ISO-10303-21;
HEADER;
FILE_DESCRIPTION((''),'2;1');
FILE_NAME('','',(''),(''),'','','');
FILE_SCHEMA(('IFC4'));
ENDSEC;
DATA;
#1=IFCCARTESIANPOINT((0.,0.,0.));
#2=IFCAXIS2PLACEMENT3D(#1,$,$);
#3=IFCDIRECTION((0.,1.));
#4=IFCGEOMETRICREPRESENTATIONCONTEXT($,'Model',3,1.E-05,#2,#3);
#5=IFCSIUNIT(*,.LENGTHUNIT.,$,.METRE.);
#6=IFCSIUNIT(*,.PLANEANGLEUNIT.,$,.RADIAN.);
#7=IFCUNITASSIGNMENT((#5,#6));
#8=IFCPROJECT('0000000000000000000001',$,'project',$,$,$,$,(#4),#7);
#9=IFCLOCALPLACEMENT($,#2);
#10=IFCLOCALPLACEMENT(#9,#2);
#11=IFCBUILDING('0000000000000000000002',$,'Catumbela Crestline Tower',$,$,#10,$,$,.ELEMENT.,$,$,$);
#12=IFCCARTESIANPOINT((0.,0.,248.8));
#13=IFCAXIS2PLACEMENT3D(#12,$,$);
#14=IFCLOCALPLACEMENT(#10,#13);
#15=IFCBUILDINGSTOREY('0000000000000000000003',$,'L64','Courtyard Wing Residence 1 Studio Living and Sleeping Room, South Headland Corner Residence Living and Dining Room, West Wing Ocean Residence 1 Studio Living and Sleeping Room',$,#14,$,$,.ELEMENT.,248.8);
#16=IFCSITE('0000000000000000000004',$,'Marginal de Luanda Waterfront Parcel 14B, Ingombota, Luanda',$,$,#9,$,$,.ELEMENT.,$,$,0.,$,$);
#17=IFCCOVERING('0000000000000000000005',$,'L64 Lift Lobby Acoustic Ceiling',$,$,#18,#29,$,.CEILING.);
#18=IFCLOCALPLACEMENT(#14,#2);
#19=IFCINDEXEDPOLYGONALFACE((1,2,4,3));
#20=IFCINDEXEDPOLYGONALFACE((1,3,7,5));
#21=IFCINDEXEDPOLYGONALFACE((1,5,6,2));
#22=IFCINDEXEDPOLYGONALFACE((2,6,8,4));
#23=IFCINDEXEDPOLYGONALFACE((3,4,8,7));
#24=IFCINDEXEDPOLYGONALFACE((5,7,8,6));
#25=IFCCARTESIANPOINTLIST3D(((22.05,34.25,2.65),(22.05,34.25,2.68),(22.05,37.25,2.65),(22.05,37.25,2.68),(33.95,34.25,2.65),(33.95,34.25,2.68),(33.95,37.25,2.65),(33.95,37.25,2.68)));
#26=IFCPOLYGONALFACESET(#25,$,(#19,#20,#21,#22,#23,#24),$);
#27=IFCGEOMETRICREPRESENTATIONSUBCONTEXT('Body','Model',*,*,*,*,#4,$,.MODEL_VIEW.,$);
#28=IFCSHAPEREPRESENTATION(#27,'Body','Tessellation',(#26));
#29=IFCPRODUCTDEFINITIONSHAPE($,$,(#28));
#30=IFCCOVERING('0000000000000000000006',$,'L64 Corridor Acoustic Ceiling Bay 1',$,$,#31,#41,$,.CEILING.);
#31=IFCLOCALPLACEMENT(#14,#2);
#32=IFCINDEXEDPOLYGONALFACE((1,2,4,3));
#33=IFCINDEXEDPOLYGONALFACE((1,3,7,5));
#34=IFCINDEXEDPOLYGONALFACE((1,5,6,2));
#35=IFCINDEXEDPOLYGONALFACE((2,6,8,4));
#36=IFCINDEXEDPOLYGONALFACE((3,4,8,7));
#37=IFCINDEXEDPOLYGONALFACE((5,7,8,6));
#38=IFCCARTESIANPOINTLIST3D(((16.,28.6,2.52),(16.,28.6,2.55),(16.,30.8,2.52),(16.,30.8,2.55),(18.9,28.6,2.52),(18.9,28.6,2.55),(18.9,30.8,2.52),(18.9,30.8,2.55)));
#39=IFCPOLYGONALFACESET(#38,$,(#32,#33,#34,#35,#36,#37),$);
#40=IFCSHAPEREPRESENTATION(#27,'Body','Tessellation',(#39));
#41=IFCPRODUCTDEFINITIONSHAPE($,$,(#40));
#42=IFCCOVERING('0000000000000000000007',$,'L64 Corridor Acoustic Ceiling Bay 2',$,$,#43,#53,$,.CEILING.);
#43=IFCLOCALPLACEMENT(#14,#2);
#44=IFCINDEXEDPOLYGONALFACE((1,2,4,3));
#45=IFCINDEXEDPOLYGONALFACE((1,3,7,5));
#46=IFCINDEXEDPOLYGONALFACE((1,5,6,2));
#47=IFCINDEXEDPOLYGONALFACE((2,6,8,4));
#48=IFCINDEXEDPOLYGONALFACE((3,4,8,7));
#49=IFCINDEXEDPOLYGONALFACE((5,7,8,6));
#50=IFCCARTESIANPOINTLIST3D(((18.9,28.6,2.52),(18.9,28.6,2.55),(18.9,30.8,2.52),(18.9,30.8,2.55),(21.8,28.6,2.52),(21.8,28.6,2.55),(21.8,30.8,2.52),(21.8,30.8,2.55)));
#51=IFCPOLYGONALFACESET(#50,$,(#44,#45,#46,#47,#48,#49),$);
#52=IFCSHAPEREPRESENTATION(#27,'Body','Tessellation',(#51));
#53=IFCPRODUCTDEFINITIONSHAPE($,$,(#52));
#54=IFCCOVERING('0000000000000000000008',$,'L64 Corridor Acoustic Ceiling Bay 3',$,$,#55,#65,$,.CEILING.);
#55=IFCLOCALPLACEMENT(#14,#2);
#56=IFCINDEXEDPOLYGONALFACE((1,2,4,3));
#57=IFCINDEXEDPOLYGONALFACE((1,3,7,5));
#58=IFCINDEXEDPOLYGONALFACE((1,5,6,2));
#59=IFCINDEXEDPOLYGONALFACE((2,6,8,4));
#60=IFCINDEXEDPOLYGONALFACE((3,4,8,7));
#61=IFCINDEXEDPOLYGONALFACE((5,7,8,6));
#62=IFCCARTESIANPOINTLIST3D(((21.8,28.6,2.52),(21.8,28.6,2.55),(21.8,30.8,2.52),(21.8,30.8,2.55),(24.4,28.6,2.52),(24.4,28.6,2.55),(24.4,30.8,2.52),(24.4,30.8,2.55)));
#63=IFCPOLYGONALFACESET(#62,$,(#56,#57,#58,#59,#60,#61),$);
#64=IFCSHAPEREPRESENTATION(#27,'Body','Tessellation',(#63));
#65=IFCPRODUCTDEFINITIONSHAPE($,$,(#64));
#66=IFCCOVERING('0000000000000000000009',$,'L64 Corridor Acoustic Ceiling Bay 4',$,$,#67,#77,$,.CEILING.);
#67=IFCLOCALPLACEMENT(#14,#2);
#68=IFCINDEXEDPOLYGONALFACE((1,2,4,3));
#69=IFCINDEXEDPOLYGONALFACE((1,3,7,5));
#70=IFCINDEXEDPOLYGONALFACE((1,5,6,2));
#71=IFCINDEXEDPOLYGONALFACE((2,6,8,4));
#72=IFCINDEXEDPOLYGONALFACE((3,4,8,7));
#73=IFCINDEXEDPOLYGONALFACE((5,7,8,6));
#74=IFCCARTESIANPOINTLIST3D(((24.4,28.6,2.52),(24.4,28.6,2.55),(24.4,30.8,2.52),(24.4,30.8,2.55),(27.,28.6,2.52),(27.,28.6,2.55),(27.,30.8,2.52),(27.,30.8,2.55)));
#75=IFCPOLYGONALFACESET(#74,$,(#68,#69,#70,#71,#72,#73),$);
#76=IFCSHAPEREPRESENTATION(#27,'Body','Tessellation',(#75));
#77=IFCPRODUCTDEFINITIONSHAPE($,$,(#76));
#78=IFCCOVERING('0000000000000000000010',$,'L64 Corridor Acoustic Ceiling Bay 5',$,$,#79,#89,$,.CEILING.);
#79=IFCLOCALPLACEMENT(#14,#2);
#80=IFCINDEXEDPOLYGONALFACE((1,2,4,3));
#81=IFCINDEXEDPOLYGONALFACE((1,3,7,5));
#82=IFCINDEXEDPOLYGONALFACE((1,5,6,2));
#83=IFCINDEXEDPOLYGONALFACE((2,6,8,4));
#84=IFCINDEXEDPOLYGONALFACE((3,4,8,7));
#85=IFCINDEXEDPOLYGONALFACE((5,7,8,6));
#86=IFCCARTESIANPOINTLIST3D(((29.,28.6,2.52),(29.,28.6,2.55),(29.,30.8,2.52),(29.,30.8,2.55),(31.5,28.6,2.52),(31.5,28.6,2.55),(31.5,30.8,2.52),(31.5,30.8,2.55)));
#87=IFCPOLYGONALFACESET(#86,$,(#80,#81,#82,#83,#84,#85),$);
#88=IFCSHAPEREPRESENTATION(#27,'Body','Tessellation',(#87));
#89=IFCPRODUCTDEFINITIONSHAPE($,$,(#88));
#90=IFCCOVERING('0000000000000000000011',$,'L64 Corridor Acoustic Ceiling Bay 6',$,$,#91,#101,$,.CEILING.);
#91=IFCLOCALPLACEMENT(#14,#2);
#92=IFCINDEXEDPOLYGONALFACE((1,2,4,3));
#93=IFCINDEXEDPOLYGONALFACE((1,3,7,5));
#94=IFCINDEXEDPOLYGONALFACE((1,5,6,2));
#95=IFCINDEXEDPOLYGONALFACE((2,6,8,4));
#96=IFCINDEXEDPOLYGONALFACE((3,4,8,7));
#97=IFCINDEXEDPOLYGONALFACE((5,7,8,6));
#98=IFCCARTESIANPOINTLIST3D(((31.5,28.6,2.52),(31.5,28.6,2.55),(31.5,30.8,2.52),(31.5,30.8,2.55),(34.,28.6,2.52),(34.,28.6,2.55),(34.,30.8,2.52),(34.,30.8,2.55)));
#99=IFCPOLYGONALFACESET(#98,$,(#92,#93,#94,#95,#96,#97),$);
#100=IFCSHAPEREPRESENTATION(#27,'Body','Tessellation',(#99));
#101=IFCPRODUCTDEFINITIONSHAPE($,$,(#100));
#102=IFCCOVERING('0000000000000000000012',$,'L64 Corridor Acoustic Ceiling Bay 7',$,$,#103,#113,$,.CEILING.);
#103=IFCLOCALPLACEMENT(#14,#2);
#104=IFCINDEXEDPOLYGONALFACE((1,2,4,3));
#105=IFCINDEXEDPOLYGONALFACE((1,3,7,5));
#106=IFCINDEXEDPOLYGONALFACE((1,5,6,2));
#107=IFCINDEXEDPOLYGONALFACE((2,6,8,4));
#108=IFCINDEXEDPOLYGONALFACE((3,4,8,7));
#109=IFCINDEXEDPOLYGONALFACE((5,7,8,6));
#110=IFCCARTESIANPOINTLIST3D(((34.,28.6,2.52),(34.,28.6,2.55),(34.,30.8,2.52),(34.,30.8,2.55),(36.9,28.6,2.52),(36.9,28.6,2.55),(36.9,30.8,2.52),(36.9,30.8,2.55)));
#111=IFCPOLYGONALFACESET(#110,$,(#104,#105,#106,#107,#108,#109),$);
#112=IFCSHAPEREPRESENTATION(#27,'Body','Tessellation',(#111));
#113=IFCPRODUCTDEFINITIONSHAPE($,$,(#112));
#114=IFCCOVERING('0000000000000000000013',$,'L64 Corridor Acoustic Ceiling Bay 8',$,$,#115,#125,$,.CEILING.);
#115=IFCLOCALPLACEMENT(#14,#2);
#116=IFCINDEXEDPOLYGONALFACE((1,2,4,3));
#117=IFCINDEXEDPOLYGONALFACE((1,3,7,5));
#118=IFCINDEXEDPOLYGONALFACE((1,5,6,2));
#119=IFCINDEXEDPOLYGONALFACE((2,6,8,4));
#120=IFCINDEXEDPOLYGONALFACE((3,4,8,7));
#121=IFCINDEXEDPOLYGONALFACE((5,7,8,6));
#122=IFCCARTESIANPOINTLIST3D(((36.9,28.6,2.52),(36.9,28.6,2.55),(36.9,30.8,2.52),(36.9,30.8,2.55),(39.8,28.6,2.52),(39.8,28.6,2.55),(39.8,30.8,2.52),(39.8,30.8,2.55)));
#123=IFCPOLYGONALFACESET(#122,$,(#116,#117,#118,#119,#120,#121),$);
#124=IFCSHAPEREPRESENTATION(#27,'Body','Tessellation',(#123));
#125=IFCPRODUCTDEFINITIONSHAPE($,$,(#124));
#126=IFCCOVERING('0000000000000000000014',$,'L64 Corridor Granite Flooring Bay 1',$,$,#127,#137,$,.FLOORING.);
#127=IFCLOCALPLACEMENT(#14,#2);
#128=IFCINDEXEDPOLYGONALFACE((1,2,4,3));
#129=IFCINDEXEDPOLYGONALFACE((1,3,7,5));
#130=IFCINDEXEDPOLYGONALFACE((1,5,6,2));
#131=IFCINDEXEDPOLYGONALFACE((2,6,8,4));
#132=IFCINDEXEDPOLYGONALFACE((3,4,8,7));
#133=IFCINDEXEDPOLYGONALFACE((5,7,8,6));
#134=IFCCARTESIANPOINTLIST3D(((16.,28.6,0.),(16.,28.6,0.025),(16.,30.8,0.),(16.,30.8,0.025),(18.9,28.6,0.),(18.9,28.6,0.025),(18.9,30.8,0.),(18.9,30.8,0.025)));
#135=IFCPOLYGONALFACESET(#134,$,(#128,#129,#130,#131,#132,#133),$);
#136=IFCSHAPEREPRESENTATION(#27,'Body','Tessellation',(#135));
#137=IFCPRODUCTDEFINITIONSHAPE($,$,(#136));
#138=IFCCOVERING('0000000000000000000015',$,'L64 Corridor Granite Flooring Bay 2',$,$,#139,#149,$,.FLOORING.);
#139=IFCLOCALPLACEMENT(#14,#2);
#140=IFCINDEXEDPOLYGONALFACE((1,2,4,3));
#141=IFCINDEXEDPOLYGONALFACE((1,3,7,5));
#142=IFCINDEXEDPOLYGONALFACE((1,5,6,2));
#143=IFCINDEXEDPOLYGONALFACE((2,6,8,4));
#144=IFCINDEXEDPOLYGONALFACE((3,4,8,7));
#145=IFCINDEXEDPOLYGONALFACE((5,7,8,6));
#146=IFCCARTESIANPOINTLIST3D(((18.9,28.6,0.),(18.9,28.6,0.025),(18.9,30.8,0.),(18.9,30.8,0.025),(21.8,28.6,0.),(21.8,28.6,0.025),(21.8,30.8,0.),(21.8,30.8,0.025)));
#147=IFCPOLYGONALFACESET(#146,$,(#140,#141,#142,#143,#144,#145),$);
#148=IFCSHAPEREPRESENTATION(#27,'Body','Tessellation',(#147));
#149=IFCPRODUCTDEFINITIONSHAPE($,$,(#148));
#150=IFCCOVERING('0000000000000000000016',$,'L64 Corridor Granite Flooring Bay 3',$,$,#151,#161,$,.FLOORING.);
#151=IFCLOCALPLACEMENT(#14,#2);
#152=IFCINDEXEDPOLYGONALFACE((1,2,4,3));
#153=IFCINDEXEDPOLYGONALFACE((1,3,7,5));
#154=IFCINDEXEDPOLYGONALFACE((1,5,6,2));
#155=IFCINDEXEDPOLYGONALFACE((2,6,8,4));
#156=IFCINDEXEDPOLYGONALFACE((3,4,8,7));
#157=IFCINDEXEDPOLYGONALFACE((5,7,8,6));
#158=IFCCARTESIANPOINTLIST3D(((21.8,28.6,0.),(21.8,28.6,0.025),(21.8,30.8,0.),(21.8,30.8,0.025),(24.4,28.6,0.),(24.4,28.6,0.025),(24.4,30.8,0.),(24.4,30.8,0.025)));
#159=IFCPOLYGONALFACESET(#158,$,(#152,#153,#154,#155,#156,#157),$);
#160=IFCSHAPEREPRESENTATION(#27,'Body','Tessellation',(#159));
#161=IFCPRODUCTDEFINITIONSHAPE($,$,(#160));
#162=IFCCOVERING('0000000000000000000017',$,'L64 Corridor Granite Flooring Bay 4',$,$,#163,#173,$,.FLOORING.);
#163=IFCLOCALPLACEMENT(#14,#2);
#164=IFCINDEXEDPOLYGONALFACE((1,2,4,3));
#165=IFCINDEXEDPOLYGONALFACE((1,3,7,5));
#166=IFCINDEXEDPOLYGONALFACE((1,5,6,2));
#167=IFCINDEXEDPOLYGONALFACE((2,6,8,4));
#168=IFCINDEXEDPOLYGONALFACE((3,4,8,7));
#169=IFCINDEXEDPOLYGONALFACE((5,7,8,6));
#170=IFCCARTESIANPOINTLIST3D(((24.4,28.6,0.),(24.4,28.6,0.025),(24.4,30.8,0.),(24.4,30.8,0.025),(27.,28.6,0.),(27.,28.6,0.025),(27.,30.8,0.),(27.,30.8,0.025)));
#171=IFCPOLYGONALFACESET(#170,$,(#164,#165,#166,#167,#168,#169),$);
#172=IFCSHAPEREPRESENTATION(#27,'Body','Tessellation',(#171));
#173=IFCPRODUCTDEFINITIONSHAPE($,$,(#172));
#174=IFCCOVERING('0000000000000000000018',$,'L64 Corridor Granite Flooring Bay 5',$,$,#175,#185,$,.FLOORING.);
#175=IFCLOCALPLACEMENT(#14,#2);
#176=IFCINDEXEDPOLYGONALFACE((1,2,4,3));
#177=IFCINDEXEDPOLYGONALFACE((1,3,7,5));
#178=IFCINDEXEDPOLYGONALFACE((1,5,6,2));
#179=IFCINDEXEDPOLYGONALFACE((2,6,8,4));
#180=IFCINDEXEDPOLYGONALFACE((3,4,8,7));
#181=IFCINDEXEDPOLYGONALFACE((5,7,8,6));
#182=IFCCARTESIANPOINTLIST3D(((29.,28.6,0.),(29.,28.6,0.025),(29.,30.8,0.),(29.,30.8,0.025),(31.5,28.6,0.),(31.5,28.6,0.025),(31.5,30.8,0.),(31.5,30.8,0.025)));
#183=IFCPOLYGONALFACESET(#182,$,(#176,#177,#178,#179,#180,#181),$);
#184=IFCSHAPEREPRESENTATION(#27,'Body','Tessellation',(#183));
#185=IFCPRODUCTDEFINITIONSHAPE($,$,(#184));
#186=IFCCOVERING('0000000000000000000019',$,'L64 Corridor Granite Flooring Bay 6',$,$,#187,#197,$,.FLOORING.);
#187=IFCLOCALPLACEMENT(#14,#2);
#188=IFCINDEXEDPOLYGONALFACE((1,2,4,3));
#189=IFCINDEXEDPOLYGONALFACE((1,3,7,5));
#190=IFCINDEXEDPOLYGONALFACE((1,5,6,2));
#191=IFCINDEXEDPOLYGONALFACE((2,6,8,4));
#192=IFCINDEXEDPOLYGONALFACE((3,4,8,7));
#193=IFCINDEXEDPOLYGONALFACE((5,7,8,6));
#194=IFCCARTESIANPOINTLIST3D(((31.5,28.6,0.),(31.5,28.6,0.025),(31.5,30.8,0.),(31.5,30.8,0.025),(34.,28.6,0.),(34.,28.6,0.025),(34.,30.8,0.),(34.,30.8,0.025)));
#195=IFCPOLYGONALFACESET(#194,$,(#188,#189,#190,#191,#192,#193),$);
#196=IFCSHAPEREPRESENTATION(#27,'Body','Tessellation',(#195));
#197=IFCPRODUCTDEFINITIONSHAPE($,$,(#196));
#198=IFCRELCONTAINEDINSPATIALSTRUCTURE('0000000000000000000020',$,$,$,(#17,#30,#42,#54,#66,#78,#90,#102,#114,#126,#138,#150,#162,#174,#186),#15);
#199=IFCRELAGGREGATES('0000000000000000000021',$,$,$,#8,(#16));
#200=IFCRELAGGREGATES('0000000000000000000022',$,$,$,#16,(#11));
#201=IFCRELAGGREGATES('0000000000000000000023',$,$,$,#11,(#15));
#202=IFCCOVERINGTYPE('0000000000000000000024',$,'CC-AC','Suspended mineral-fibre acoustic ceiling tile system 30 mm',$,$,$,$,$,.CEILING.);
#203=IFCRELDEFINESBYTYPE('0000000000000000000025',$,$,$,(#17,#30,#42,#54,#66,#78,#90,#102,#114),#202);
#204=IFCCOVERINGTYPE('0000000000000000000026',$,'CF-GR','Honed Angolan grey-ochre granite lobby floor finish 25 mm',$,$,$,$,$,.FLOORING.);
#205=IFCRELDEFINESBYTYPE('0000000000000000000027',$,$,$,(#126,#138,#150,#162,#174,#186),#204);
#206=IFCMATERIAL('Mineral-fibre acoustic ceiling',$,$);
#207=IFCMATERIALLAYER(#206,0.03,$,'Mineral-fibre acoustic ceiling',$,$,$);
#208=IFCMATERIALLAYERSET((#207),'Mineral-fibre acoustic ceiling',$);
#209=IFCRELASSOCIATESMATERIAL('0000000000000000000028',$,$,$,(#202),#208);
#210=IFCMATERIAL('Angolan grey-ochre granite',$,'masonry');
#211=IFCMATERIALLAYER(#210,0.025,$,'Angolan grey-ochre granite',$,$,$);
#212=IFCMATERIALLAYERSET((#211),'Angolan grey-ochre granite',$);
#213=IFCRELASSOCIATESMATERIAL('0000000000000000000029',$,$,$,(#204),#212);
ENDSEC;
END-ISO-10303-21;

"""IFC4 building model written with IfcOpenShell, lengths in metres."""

from ifc_helpers import new_model, si_unit, direction, frame, origin, place, context, subcontext, project, spatial, polyline, outline, extrude, material, layer, layer_set, type_object, element, save


model = new_model("IFC4")

# Units and contexts
model_context = context("Model", 3, precision=1e-05, world=origin(), true_north=direction((0.0, 1.0)))
body_context = subcontext(model_context, "Body", "Model", "MODEL_VIEW")
ifc_project = project(units=[si_unit("LENGTHUNIT", "METRE"), si_unit("PLANEANGLEUNIT", "RADIAN")], contexts=[model_context])

# Site, building, storey
site_placement = place(None, origin())
site = spatial("IfcSite", under=ifc_project, at=site_placement, Name="Marginal de Luanda Waterfront Parcel 14B, Ingombota, Luanda", CompositionType="ELEMENT", RefElevation=0.0)
building_placement = place(site_placement, origin())
building = spatial("IfcBuilding", under=site, at=building_placement, Name="Catumbela Crestline Tower", CompositionType="ELEMENT")
storey_placement = place(building_placement, frame((0.0, 0.0, 248.8)))
storey = spatial("IfcBuildingStorey", under=building, at=storey_placement, Name="L64", Description="Courtyard Wing Residence 1 Studio Living and Sleeping Room, South Headland Corner Residence Living and Dining Room, West Wing Ocean Residence 1 Studio Living and Sleeping Room", CompositionType="ELEMENT", Elevation=248.8)

# Shared definitions
ifc_material_1 = material(Name="Angolan grey-ochre granite", Category="masonry")

# Coverings
ifc_material_2 = material(Name="Mineral-fibre acoustic ceiling")
ifc_layer_1 = layer(ifc_material_2, 0.03, Name="Mineral-fibre acoustic ceiling")
ifc_layer_set_1 = layer_set([ifc_layer_1], Name="Mineral-fibre acoustic ceiling")
covering_type_1 = type_object("IfcCoveringType", Name="CC-AC", Description="Suspended mineral-fibre acoustic ceiling tile system 30 mm", PredefinedType="CEILING", material=ifc_layer_set_1)
covering_1_placement = place(storey_placement, frame((0.0, 0.0, 2.65)))
element("IfcCovering", 1, at=covering_1_placement, inside=storey, type_object=covering_type_1, Name="L64 Lift Lobby Acoustic Ceiling", PredefinedType="CEILING", context=body_context, shape_type="SweptSolid", body=[
    extrude(outline(polyline([(22.05, 34.25), (33.95, 34.25), (33.95, 37.25), (22.05, 37.25), (22.05, 34.25)])), origin(), (0.0, 0.0, 1.0), 0.03),
])
covering_2_placement = place(storey_placement, frame((0.0, 0.0, 2.52)))
element("IfcCovering", 2, at=covering_2_placement, inside=storey, type_object=covering_type_1, Name="L64 Corridor Acoustic Ceiling Bay 1", PredefinedType="CEILING", context=body_context, shape_type="SweptSolid", body=[
    extrude(outline(polyline([(16.0, 28.6), (18.9, 28.6), (18.9, 30.8), (16.0, 30.8), (16.0, 28.6)])), origin(), (0.0, 0.0, 1.0), 0.03),
])
covering_3_placement = place(storey_placement, frame((0.0, 0.0, 2.52)))
element("IfcCovering", 3, at=covering_3_placement, inside=storey, type_object=covering_type_1, Name="L64 Corridor Acoustic Ceiling Bay 2", PredefinedType="CEILING", context=body_context, shape_type="SweptSolid", body=[
    extrude(outline(polyline([(18.9, 28.6), (21.8, 28.6), (21.8, 30.8), (18.9, 30.8), (18.9, 28.6)])), origin(), (0.0, 0.0, 1.0), 0.03),
])
covering_4_placement = place(storey_placement, frame((0.0, 0.0, 2.52)))
element("IfcCovering", 4, at=covering_4_placement, inside=storey, type_object=covering_type_1, Name="L64 Corridor Acoustic Ceiling Bay 3", PredefinedType="CEILING", context=body_context, shape_type="SweptSolid", body=[
    extrude(outline(polyline([(21.8, 28.6), (24.4, 28.6), (24.4, 30.8), (21.8, 30.8), (21.8, 28.6)])), origin(), (0.0, 0.0, 1.0), 0.03),
])
covering_5_placement = place(storey_placement, frame((0.0, 0.0, 2.52)))
element("IfcCovering", 5, at=covering_5_placement, inside=storey, type_object=covering_type_1, Name="L64 Corridor Acoustic Ceiling Bay 4", PredefinedType="CEILING", context=body_context, shape_type="SweptSolid", body=[
    extrude(outline(polyline([(24.4, 28.6), (27.0, 28.6), (27.0, 30.8), (24.4, 30.8), (24.4, 28.6)])), origin(), (0.0, 0.0, 1.0), 0.03),
])
covering_6_placement = place(storey_placement, frame((0.0, 0.0, 2.52)))
element("IfcCovering", 6, at=covering_6_placement, inside=storey, type_object=covering_type_1, Name="L64 Corridor Acoustic Ceiling Bay 5", PredefinedType="CEILING", context=body_context, shape_type="SweptSolid", body=[
    extrude(outline(polyline([(29.0, 28.6), (31.5, 28.6), (31.5, 30.8), (29.0, 30.8), (29.0, 28.6)])), origin(), (0.0, 0.0, 1.0), 0.03),
])
covering_7_placement = place(storey_placement, frame((0.0, 0.0, 2.52)))
element("IfcCovering", 7, at=covering_7_placement, inside=storey, type_object=covering_type_1, Name="L64 Corridor Acoustic Ceiling Bay 6", PredefinedType="CEILING", context=body_context, shape_type="SweptSolid", body=[
    extrude(outline(polyline([(31.5, 28.6), (34.0, 28.6), (34.0, 30.8), (31.5, 30.8), (31.5, 28.6)])), origin(), (0.0, 0.0, 1.0), 0.03),
])
covering_8_placement = place(storey_placement, frame((0.0, 0.0, 2.52)))
element("IfcCovering", 8, at=covering_8_placement, inside=storey, type_object=covering_type_1, Name="L64 Corridor Acoustic Ceiling Bay 7", PredefinedType="CEILING", context=body_context, shape_type="SweptSolid", body=[
    extrude(outline(polyline([(34.0, 28.6), (36.9, 28.6), (36.9, 30.8), (34.0, 30.8), (34.0, 28.6)])), origin(), (0.0, 0.0, 1.0), 0.03),
])
covering_9_placement = place(storey_placement, frame((0.0, 0.0, 2.52)))
element("IfcCovering", 9, at=covering_9_placement, inside=storey, type_object=covering_type_1, Name="L64 Corridor Acoustic Ceiling Bay 8", PredefinedType="CEILING", context=body_context, shape_type="SweptSolid", body=[
    extrude(outline(polyline([(36.9, 28.6), (39.8, 28.6), (39.8, 30.8), (36.9, 30.8), (36.9, 28.6)])), origin(), (0.0, 0.0, 1.0), 0.03),
])
ifc_layer_2 = layer(ifc_material_1, 0.025, Name="Angolan grey-ochre granite")
ifc_layer_set_2 = layer_set([ifc_layer_2], Name="Angolan grey-ochre granite")
covering_type_2 = type_object("IfcCoveringType", Name="CF-GR", Description="Honed Angolan grey-ochre granite lobby floor finish 25 mm", PredefinedType="FLOORING", material=ifc_layer_set_2)
covering_10_placement = place(storey_placement, origin())
element("IfcCovering", 10, at=covering_10_placement, inside=storey, type_object=covering_type_2, Name="L64 Corridor Granite Flooring Bay 1", PredefinedType="FLOORING", context=body_context, shape_type="SweptSolid", body=[
    extrude(outline(polyline([(16.0, 28.6), (18.9, 28.6), (18.9, 30.8), (16.0, 30.8), (16.0, 28.6)])), origin(), (0.0, 0.0, 1.0), 0.025),
])
covering_11_placement = place(storey_placement, origin())
element("IfcCovering", 11, at=covering_11_placement, inside=storey, type_object=covering_type_2, Name="L64 Corridor Granite Flooring Bay 2", PredefinedType="FLOORING", context=body_context, shape_type="SweptSolid", body=[
    extrude(outline(polyline([(18.9, 28.6), (21.8, 28.6), (21.8, 30.8), (18.9, 30.8), (18.9, 28.6)])), origin(), (0.0, 0.0, 1.0), 0.025),
])
covering_12_placement = place(storey_placement, origin())
element("IfcCovering", 12, at=covering_12_placement, inside=storey, type_object=covering_type_2, Name="L64 Corridor Granite Flooring Bay 3", PredefinedType="FLOORING", context=body_context, shape_type="SweptSolid", body=[
    extrude(outline(polyline([(21.8, 28.6), (24.4, 28.6), (24.4, 30.8), (21.8, 30.8), (21.8, 28.6)])), origin(), (0.0, 0.0, 1.0), 0.025),
])
covering_13_placement = place(storey_placement, origin())
element("IfcCovering", 13, at=covering_13_placement, inside=storey, type_object=covering_type_2, Name="L64 Corridor Granite Flooring Bay 4", PredefinedType="FLOORING", context=body_context, shape_type="SweptSolid", body=[
    extrude(outline(polyline([(24.4, 28.6), (27.0, 28.6), (27.0, 30.8), (24.4, 30.8), (24.4, 28.6)])), origin(), (0.0, 0.0, 1.0), 0.025),
])
covering_14_placement = place(storey_placement, origin())
element("IfcCovering", 14, at=covering_14_placement, inside=storey, type_object=covering_type_2, Name="L64 Corridor Granite Flooring Bay 5", PredefinedType="FLOORING", context=body_context, shape_type="SweptSolid", body=[
    extrude(outline(polyline([(29.0, 28.6), (31.5, 28.6), (31.5, 30.8), (29.0, 30.8), (29.0, 28.6)])), origin(), (0.0, 0.0, 1.0), 0.025),
])
covering_15_placement = place(storey_placement, origin())
element("IfcCovering", 15, at=covering_15_placement, inside=storey, type_object=covering_type_2, Name="L64 Corridor Granite Flooring Bay 6", PredefinedType="FLOORING", context=body_context, shape_type="SweptSolid", body=[
    extrude(outline(polyline([(31.5, 28.6), (34.0, 28.6), (34.0, 30.8), (31.5, 30.8), (31.5, 28.6)])), origin(), (0.0, 0.0, 1.0), 0.025),
])

save(model, "model.ifc")
